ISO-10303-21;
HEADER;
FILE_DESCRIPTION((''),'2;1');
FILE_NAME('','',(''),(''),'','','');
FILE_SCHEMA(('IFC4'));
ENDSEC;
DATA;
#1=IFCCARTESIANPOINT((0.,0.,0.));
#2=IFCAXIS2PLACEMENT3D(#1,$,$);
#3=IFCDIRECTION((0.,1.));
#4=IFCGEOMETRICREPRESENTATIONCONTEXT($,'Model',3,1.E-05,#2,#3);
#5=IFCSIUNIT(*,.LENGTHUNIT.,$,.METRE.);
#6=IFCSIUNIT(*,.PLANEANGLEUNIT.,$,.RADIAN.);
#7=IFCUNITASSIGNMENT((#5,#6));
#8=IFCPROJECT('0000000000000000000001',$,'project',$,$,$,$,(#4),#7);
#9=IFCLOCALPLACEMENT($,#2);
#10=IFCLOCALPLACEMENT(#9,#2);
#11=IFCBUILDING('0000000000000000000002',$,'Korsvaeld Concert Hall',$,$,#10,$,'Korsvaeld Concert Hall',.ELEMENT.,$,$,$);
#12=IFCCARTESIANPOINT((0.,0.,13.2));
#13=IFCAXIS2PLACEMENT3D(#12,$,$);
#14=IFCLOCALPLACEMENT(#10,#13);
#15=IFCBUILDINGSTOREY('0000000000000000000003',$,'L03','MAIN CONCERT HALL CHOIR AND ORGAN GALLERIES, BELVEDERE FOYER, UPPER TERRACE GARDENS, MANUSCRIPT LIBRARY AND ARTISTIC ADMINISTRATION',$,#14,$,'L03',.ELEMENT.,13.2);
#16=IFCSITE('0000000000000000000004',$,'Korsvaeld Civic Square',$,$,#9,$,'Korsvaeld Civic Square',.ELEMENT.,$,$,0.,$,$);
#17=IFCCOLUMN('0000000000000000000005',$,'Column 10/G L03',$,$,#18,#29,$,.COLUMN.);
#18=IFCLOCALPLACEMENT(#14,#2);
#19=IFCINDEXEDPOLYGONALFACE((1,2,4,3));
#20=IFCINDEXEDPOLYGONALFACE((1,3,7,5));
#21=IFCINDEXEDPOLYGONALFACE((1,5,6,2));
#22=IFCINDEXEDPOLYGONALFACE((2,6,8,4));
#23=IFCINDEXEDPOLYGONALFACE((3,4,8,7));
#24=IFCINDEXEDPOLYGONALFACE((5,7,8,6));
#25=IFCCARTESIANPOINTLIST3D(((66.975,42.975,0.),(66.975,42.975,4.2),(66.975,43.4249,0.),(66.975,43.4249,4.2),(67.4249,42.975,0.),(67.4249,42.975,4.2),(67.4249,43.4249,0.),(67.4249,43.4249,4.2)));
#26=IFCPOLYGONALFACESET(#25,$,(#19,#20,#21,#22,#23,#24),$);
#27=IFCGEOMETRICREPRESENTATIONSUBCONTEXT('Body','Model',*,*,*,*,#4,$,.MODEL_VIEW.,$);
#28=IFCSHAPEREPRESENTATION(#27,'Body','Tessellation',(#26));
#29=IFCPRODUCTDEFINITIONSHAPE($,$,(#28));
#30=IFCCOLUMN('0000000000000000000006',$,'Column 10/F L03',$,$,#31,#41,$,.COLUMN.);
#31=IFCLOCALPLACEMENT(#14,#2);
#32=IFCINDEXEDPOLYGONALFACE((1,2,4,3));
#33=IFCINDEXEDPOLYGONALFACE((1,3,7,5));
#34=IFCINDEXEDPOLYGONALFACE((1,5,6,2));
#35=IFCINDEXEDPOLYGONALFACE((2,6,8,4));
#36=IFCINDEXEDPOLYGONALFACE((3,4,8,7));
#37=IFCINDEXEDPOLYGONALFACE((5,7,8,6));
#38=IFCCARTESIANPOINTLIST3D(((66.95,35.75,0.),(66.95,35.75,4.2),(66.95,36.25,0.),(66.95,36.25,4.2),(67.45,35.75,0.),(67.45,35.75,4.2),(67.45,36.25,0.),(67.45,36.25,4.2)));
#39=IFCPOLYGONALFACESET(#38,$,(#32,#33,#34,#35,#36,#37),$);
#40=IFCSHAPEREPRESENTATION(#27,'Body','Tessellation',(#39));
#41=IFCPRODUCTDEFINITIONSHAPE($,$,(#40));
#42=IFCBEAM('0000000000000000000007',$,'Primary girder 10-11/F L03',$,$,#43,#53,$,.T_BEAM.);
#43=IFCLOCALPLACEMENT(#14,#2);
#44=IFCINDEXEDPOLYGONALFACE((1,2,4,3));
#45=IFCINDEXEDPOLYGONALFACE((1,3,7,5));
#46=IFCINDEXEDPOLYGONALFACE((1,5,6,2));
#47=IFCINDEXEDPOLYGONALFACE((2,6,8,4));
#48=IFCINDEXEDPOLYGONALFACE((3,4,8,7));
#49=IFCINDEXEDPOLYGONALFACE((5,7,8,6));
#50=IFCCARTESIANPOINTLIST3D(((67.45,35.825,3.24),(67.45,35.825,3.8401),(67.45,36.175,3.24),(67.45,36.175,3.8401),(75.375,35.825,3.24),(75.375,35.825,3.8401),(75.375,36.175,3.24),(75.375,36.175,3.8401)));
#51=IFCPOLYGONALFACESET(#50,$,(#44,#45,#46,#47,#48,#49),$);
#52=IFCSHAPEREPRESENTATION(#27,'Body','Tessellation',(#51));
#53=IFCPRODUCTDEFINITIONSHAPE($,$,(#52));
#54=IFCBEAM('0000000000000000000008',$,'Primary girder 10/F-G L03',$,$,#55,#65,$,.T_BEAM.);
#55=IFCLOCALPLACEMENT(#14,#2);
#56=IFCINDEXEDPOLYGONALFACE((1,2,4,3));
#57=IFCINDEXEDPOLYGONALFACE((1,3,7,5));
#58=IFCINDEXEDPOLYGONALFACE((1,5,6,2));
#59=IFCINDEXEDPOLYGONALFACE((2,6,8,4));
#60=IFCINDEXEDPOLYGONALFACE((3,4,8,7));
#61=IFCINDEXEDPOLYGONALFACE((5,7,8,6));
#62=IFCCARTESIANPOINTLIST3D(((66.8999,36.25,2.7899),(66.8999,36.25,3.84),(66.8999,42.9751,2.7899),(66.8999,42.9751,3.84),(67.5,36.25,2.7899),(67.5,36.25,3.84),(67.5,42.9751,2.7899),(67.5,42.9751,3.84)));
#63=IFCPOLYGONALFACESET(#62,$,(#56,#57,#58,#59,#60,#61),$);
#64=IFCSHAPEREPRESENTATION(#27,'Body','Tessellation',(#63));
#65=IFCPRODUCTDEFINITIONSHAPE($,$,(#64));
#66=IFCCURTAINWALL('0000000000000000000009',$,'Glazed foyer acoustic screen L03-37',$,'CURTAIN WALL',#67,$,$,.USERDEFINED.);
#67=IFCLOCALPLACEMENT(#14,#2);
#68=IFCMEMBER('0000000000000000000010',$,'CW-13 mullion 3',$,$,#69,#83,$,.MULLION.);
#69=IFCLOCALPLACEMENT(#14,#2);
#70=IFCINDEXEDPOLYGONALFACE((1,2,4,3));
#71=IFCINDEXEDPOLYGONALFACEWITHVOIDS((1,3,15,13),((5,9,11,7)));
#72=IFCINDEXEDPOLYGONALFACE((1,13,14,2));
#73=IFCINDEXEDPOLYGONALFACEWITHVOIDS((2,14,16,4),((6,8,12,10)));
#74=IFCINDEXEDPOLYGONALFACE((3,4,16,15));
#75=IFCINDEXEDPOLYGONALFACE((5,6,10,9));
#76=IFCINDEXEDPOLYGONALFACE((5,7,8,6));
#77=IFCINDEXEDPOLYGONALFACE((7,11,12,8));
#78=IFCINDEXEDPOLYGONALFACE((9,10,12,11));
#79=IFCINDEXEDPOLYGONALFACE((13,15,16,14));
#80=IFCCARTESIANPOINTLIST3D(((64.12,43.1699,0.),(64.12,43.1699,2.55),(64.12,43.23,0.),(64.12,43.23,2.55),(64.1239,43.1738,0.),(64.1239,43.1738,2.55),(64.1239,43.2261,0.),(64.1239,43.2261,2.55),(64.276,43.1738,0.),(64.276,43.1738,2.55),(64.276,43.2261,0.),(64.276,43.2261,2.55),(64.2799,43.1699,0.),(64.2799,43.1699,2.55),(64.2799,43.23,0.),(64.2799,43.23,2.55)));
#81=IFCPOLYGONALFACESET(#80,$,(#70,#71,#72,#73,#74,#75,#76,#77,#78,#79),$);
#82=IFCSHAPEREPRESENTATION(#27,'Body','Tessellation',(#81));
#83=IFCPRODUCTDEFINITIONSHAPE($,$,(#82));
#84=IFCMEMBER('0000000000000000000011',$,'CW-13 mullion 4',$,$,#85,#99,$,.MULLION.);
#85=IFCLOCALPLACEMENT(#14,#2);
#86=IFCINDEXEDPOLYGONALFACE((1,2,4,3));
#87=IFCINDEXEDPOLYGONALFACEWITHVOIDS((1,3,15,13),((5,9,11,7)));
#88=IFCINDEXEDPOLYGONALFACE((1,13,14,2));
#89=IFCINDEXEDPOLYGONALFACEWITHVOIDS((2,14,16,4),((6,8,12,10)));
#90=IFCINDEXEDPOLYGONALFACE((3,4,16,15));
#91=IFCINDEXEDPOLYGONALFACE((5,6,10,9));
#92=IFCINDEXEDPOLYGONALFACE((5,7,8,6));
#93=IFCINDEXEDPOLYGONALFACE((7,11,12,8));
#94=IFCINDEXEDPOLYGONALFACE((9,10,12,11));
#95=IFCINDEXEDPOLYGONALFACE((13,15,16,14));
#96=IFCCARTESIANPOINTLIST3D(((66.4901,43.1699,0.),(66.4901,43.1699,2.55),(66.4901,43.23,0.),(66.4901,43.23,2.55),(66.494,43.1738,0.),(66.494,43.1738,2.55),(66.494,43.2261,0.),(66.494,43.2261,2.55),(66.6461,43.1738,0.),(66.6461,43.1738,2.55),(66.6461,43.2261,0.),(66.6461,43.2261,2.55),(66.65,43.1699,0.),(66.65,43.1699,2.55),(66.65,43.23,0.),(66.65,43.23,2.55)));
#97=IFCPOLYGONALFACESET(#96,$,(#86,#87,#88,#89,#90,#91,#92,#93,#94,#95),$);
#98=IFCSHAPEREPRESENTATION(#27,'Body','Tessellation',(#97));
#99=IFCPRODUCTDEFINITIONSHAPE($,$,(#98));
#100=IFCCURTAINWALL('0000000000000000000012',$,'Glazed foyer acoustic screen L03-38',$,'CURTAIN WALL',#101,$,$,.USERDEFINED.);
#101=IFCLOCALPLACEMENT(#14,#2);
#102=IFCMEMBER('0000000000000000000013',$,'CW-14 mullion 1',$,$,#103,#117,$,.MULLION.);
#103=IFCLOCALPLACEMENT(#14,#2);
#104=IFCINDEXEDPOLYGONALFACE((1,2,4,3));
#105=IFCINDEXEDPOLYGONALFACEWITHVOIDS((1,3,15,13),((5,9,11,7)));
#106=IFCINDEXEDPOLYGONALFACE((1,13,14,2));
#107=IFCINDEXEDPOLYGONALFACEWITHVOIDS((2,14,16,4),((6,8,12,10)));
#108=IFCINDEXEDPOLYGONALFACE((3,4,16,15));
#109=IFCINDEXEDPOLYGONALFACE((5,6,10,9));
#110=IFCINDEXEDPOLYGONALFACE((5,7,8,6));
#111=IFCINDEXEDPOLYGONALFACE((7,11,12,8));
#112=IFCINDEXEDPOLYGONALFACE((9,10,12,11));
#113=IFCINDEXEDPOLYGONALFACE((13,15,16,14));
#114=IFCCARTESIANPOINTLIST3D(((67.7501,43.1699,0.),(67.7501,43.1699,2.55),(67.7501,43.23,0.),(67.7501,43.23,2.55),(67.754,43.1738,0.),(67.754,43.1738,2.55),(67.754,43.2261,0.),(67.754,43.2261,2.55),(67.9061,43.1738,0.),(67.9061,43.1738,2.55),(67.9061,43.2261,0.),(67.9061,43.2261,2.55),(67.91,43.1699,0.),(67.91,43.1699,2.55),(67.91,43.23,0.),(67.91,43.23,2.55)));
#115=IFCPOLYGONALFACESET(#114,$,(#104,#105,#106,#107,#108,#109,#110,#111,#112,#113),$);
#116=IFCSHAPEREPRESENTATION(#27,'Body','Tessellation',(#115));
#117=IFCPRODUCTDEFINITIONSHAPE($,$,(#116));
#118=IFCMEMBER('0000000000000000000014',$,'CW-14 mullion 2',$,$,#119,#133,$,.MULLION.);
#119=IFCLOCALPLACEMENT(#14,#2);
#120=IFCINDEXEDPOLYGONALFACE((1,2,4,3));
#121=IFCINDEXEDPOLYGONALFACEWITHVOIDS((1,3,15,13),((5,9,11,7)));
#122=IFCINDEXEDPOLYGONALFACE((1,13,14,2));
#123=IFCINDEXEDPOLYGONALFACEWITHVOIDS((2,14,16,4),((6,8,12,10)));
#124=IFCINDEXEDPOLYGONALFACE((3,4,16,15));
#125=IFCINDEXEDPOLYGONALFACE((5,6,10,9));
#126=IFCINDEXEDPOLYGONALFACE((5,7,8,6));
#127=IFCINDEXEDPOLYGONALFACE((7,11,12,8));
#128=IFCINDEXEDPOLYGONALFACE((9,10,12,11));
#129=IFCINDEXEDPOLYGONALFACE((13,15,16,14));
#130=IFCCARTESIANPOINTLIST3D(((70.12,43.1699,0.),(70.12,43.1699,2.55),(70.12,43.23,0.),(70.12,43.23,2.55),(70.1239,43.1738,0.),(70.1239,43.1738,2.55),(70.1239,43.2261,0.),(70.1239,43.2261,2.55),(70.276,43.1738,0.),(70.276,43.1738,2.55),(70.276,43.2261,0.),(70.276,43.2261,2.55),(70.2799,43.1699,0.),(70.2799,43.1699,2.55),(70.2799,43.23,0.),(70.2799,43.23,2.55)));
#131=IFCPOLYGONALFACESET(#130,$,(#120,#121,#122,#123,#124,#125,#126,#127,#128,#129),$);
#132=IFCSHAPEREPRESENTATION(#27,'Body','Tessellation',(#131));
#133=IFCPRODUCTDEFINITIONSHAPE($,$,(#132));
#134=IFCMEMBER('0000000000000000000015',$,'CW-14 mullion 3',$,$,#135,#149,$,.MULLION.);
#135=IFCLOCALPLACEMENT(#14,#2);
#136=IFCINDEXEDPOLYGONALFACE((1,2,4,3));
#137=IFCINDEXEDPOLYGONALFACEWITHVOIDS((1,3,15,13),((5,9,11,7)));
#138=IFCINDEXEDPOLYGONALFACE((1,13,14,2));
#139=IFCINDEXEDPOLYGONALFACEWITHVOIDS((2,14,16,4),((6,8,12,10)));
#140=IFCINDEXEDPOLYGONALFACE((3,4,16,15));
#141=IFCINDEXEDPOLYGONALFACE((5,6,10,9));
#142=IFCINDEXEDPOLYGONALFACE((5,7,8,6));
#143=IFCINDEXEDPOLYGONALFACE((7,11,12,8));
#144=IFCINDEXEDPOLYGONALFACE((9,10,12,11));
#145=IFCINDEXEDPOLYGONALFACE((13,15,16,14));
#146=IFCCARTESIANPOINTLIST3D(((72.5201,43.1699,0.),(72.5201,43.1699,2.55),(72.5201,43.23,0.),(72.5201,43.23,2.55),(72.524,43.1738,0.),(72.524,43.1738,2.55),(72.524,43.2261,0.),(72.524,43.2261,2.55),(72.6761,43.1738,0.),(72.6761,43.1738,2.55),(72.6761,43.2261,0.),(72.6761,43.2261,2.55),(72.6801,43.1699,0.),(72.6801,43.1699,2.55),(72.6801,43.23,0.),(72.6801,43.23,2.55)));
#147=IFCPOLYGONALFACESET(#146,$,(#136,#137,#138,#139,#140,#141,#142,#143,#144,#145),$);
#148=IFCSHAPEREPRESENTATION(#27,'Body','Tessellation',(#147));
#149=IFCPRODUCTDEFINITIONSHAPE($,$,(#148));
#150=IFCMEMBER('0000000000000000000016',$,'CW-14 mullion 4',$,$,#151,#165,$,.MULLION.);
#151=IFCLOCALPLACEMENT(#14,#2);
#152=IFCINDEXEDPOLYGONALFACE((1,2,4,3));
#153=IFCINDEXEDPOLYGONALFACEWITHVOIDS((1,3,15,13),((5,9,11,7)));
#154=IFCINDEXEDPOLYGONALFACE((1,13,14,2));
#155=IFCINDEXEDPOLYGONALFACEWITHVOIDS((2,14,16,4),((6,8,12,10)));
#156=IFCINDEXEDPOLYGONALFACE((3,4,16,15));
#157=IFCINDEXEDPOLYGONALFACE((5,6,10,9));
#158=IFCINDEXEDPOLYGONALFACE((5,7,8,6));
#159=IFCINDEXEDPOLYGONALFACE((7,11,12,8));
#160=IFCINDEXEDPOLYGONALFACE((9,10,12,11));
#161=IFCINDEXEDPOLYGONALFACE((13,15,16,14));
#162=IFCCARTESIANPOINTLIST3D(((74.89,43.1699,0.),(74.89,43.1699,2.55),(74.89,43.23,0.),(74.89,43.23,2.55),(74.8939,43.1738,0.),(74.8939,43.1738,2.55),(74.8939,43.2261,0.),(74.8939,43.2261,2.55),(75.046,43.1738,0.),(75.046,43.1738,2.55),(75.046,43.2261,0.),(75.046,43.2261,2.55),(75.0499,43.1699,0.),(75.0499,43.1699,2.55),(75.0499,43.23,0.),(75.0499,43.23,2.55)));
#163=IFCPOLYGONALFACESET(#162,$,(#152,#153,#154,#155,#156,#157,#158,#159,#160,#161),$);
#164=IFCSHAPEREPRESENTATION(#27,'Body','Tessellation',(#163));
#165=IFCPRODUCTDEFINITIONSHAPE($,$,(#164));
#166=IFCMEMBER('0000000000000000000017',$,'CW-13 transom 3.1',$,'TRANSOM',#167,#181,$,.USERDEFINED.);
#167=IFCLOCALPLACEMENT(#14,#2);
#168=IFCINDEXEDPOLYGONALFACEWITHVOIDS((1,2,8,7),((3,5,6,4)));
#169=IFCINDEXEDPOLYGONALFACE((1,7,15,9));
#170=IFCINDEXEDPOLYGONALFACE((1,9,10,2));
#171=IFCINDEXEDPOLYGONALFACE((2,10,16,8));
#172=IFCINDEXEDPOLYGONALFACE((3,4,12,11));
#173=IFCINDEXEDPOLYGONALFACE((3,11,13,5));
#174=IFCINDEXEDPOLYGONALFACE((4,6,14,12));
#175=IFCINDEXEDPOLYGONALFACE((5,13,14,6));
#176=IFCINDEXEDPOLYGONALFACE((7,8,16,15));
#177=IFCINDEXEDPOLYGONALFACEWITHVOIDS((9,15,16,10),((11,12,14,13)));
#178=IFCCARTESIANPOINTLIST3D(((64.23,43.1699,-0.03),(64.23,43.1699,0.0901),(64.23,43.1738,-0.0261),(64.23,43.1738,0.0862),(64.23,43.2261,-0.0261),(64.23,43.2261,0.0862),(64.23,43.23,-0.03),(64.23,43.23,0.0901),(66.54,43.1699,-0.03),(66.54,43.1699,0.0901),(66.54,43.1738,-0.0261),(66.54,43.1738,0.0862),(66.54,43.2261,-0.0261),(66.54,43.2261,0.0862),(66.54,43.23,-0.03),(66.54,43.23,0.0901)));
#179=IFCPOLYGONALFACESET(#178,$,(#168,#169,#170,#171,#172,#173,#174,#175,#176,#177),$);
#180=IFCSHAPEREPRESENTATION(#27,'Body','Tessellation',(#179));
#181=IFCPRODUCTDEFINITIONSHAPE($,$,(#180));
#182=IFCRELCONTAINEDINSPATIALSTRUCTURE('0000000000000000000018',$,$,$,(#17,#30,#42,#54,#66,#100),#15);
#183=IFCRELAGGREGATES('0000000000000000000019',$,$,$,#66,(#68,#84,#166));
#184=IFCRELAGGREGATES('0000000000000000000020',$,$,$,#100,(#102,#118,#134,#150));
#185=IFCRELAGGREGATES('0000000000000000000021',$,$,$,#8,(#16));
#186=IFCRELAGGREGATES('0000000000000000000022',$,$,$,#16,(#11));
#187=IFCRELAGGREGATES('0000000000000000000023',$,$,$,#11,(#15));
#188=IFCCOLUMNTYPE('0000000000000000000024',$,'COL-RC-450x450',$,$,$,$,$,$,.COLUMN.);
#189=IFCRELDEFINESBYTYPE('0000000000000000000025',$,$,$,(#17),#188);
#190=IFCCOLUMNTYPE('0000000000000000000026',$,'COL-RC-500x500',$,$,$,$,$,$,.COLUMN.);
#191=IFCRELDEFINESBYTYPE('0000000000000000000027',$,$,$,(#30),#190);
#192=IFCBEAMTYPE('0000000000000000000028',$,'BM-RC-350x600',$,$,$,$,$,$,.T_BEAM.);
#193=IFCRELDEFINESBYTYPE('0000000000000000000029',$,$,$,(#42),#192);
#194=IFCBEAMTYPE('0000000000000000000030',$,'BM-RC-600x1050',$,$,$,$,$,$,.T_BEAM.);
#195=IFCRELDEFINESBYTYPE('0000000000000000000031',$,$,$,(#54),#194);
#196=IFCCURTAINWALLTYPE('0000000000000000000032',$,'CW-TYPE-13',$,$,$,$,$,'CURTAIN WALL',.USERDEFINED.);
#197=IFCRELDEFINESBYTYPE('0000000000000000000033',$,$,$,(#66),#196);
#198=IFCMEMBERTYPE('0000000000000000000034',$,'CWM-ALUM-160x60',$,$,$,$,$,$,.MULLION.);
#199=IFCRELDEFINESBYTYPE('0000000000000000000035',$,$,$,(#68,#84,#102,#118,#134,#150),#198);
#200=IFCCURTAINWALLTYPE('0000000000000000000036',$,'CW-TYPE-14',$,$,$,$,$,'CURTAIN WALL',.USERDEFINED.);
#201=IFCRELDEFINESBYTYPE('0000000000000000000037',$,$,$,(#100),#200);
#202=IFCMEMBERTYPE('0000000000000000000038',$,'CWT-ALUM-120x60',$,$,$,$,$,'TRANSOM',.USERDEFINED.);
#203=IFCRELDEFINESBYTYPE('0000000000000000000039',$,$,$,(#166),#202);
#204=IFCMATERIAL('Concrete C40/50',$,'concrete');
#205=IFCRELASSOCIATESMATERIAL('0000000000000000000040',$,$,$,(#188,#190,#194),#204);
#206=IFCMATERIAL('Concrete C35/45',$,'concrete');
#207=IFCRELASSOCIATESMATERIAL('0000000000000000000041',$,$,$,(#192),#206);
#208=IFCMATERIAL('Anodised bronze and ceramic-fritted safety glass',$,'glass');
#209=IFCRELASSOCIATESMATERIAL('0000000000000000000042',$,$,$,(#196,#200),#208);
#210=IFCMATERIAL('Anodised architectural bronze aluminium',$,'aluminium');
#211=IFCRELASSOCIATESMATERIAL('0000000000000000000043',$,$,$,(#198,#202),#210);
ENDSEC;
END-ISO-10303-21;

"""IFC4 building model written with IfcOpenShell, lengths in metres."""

from ifc_helpers import new_model, si_unit, direction, frame, origin, origin_2d, place, context, subcontext, project, spatial, rectangle, hollow_rectangle, extrude, material, material_profile, profile_set, type_object, element, aggregate, save


model = new_model("IFC4")

# Units and contexts
model_context = context("Model", 3, precision=1e-05, world=origin(), true_north=direction((0.0, 1.0)))
body_context = subcontext(model_context, "Body", "Model", "MODEL_VIEW")
ifc_project = project(units=[si_unit("LENGTHUNIT", "METRE"), si_unit("PLANEANGLEUNIT", "RADIAN")], contexts=[model_context])

# Site, building, storey
site_placement = place(None, origin())
site = spatial("IfcSite", under=ifc_project, at=site_placement, Name="Korsvaeld Civic Square", LongName="Korsvaeld Civic Square", CompositionType="ELEMENT", RefElevation=0.0)
building_placement = place(site_placement, origin())
building = spatial("IfcBuilding", under=site, at=building_placement, Name="Korsvaeld Concert Hall", LongName="Korsvaeld Concert Hall", CompositionType="ELEMENT")
storey_placement = place(building_placement, frame((0.0, 0.0, 13.2)))
storey = spatial("IfcBuildingStorey", under=building, at=storey_placement, Name="L03", Description="MAIN CONCERT HALL CHOIR AND ORGAN GALLERIES, BELVEDERE FOYER, UPPER TERRACE GARDENS, MANUSCRIPT LIBRARY AND ARTISTIC ADMINISTRATION", LongName="L03", CompositionType="ELEMENT", Elevation=13.2)

# Columns
ifc_material_1 = material(Name="Concrete C40/50", Category="concrete")
ifc_material_profile_1 = material_profile(ifc_material_1, rectangle(XDim=0.45, YDim=0.45, at=origin_2d()), Name="RC 450x450")
ifc_profile_set_1 = profile_set([ifc_material_profile_1], Name="Concrete C40/50")
column_type_1 = type_object("IfcColumnType", Name="COL-RC-450x450", PredefinedType="COLUMN", material=ifc_profile_set_1)
column_1_placement = place(storey_placement, frame((67.2, 43.2, 0.0), z_axis=(0.0, 0.0, 1.0), x_axis=(1.0, 0.0, 0.0)))
element("IfcColumn", 1, at=column_1_placement, inside=storey, type_object=column_type_1, Name="Column 10/G L03", PredefinedType="COLUMN", context=body_context, shape_type="SweptSolid", body=[
    extrude(rectangle(XDim=0.45, YDim=0.45, at=origin_2d()), origin(), (0.0, 0.0, 1.0), 4.2),
])
ifc_material_profile_2 = material_profile(ifc_material_1, rectangle(XDim=0.5, YDim=0.5, at=origin_2d()), Name="RC 500x500")
ifc_profile_set_2 = profile_set([ifc_material_profile_2], Name="Concrete C40/50")
column_type_2 = type_object("IfcColumnType", Name="COL-RC-500x500", PredefinedType="COLUMN", material=ifc_profile_set_2)
column_2_placement = place(storey_placement, frame((67.2, 36.0, 0.0), z_axis=(0.0, 0.0, 1.0), x_axis=(1.0, 0.0, 0.0)))
element("IfcColumn", 2, at=column_2_placement, inside=storey, type_object=column_type_2, Name="Column 10/F L03", PredefinedType="COLUMN", context=body_context, shape_type="SweptSolid", body=[
    extrude(rectangle(XDim=0.5, YDim=0.5, at=origin_2d()), origin(), (0.0, 0.0, 1.0), 4.2),
])

# Beams
ifc_material_2 = material(Name="Concrete C35/45", Category="concrete")
ifc_material_profile_3 = material_profile(ifc_material_2, rectangle(XDim=0.3501, YDim=0.6001, at=origin_2d()), Name="RC 350x600")
ifc_profile_set_3 = profile_set([ifc_material_profile_3], Name="Concrete C35/45")
beam_type_1 = type_object("IfcBeamType", Name="BM-RC-350x600", PredefinedType="T_BEAM", material=ifc_profile_set_3)
beam_1_placement = place(storey_placement, frame((67.45, 36.0, 3.54), z_axis=(1.0, 0.0, 0.0), x_axis=(0.0, 1.0, 0.0)))
element("IfcBeam", 3, at=beam_1_placement, inside=storey, type_object=beam_type_1, Name="Primary girder 10-11/F L03", PredefinedType="T_BEAM", context=body_context, shape_type="SweptSolid", body=[
    extrude(rectangle(XDim=0.3501, YDim=0.6001, at=origin_2d()), origin(), (0.0, 0.0, 1.0), 7.925),
])
ifc_material_profile_4 = material_profile(ifc_material_1, rectangle(XDim=0.6001, YDim=1.05, at=origin_2d()), Name="RC 600x1050")
ifc_profile_set_4 = profile_set([ifc_material_profile_4], Name="Concrete C40/50")
beam_type_2 = type_object("IfcBeamType", Name="BM-RC-600x1050", PredefinedType="T_BEAM", material=ifc_profile_set_4)
beam_2_placement = place(storey_placement, frame((67.2, 36.25, 3.3149), z_axis=(0.0, 1.0, 0.0), x_axis=(-1.0, 0.0, 0.0)))
element("IfcBeam", 4, at=beam_2_placement, inside=storey, type_object=beam_type_2, Name="Primary girder 10/F-G L03", PredefinedType="T_BEAM", context=body_context, shape_type="SweptSolid", body=[
    extrude(rectangle(XDim=0.6001, YDim=1.05, at=origin_2d()), origin(), (0.0, 0.0, 1.0), 6.7251),
])

# Curtain walls, members
ifc_material_3 = material(Name="Anodised bronze and ceramic-fritted safety glass", Category="glass")
curtain_wall_type_1 = type_object("IfcCurtainWallType", Name="CW-TYPE-13", ElementType="CURTAIN WALL", PredefinedType="USERDEFINED", material=ifc_material_3)
curtain_wall_1_placement = place(storey_placement, origin())
curtain_wall_1 = element("IfcCurtainWall", 5, at=curtain_wall_1_placement, inside=storey, type_object=curtain_wall_type_1, Name="Glazed foyer acoustic screen L03-37", ObjectType="CURTAIN WALL", PredefinedType="USERDEFINED")
ifc_material_4 = material(Name="Anodised architectural bronze aluminium", Category="aluminium")
ifc_material_profile_5 = material_profile(ifc_material_4, hollow_rectangle(XDim=0.0601, YDim=0.1599, WallThickness=0.0039, at=origin_2d()), Name="CWM 160x60x4")
ifc_profile_set_5 = profile_set([ifc_material_profile_5], Name="Anodised architectural bronze aluminium")
member_type_1 = type_object("IfcMemberType", Name="CWM-ALUM-160x60", PredefinedType="MULLION", material=ifc_profile_set_5)
member_1_placement = place(storey_placement, frame((64.2, 43.2, 0.0), z_axis=(0.0, 0.0, 1.0), x_axis=(0.0, 1.0, 0.0)))
member_1 = element("IfcMember", 6, at=member_1_placement, type_object=member_type_1, Name="CW-13 mullion 3", PredefinedType="MULLION", context=body_context, shape_type="SweptSolid", body=[
    extrude(hollow_rectangle(XDim=0.0601, YDim=0.1599, WallThickness=0.0039, at=origin_2d()), origin(), (0.0, 0.0, 1.0), 2.55),
])
member_2_placement = place(storey_placement, frame((66.5701, 43.2, 0.0), z_axis=(0.0, 0.0, 1.0), x_axis=(0.0, 1.0, 0.0)))
member_2 = element("IfcMember", 7, at=member_2_placement, type_object=member_type_1, Name="CW-13 mullion 4", PredefinedType="MULLION", context=body_context, shape_type="SweptSolid", body=[
    extrude(hollow_rectangle(XDim=0.0601, YDim=0.1599, WallThickness=0.0039, at=origin_2d()), origin(), (0.0, 0.0, 1.0), 2.55),
])
curtain_wall_type_2 = type_object("IfcCurtainWallType", Name="CW-TYPE-14", ElementType="CURTAIN WALL", PredefinedType="USERDEFINED", material=ifc_material_3)
curtain_wall_2_placement = place(storey_placement, origin())
curtain_wall_2 = element("IfcCurtainWall", 8, at=curtain_wall_2_placement, inside=storey, type_object=curtain_wall_type_2, Name="Glazed foyer acoustic screen L03-38", ObjectType="CURTAIN WALL", PredefinedType="USERDEFINED")
member_3_placement = place(storey_placement, frame((67.8301, 43.2, 0.0), z_axis=(0.0, 0.0, 1.0), x_axis=(0.0, 1.0, 0.0)))
member_3 = element("IfcMember", 9, at=member_3_placement, type_object=member_type_1, Name="CW-14 mullion 1", PredefinedType="MULLION", context=body_context, shape_type="SweptSolid", body=[
    extrude(hollow_rectangle(XDim=0.0601, YDim=0.1599, WallThickness=0.0039, at=origin_2d()), origin(), (0.0, 0.0, 1.0), 2.55),
])
member_4_placement = place(storey_placement, frame((70.2, 43.2, 0.0), z_axis=(0.0, 0.0, 1.0), x_axis=(0.0, 1.0, 0.0)))
member_4 = element("IfcMember", 10, at=member_4_placement, type_object=member_type_1, Name="CW-14 mullion 2", PredefinedType="MULLION", context=body_context, shape_type="SweptSolid", body=[
    extrude(hollow_rectangle(XDim=0.0601, YDim=0.1599, WallThickness=0.0039, at=origin_2d()), origin(), (0.0, 0.0, 1.0), 2.55),
])
member_5_placement = place(storey_placement, frame((72.6001, 43.2, 0.0), z_axis=(0.0, 0.0, 1.0), x_axis=(0.0, 1.0, 0.0)))
member_5 = element("IfcMember", 11, at=member_5_placement, type_object=member_type_1, Name="CW-14 mullion 3", PredefinedType="MULLION", context=body_context, shape_type="SweptSolid", body=[
    extrude(hollow_rectangle(XDim=0.0601, YDim=0.1599, WallThickness=0.0039, at=origin_2d()), origin(), (0.0, 0.0, 1.0), 2.55),
])
member_6_placement = place(storey_placement, frame((74.97, 43.2, 0.0), z_axis=(0.0, 0.0, 1.0), x_axis=(0.0, 1.0, 0.0)))
member_6 = element("IfcMember", 12, at=member_6_placement, type_object=member_type_1, Name="CW-14 mullion 4", PredefinedType="MULLION", context=body_context, shape_type="SweptSolid", body=[
    extrude(hollow_rectangle(XDim=0.0601, YDim=0.1599, WallThickness=0.0039, at=origin_2d()), origin(), (0.0, 0.0, 1.0), 2.55),
])

# Member
ifc_material_profile_6 = material_profile(ifc_material_4, hollow_rectangle(XDim=0.0601, YDim=0.1201, WallThickness=0.0039, at=origin_2d()), Name="CWT 120x60x4")
ifc_profile_set_6 = profile_set([ifc_material_profile_6], Name="Anodised architectural bronze aluminium")
member_type_2 = type_object("IfcMemberType", Name="CWT-ALUM-120x60", ElementType="TRANSOM", PredefinedType="USERDEFINED", material=ifc_profile_set_6)
member_7_placement = place(storey_placement, frame((64.23, 43.2, 0.03), z_axis=(1.0, 0.0, 0.0), x_axis=(0.0, 1.0, 0.0)))
member_7 = element("IfcMember", 13, at=member_7_placement, type_object=member_type_2, Name="CW-13 transom 3.1", ObjectType="TRANSOM", PredefinedType="USERDEFINED", context=body_context, shape_type="SweptSolid", body=[
    extrude(hollow_rectangle(XDim=0.0601, YDim=0.1201, WallThickness=0.0039, at=origin_2d()), origin(), (0.0, 0.0, 1.0), 2.3101),
])

aggregate(curtain_wall_1, [member_1, member_2, member_7])
aggregate(curtain_wall_2, [member_3, member_4, member_5, member_6])

save(model, "model.ifc")
